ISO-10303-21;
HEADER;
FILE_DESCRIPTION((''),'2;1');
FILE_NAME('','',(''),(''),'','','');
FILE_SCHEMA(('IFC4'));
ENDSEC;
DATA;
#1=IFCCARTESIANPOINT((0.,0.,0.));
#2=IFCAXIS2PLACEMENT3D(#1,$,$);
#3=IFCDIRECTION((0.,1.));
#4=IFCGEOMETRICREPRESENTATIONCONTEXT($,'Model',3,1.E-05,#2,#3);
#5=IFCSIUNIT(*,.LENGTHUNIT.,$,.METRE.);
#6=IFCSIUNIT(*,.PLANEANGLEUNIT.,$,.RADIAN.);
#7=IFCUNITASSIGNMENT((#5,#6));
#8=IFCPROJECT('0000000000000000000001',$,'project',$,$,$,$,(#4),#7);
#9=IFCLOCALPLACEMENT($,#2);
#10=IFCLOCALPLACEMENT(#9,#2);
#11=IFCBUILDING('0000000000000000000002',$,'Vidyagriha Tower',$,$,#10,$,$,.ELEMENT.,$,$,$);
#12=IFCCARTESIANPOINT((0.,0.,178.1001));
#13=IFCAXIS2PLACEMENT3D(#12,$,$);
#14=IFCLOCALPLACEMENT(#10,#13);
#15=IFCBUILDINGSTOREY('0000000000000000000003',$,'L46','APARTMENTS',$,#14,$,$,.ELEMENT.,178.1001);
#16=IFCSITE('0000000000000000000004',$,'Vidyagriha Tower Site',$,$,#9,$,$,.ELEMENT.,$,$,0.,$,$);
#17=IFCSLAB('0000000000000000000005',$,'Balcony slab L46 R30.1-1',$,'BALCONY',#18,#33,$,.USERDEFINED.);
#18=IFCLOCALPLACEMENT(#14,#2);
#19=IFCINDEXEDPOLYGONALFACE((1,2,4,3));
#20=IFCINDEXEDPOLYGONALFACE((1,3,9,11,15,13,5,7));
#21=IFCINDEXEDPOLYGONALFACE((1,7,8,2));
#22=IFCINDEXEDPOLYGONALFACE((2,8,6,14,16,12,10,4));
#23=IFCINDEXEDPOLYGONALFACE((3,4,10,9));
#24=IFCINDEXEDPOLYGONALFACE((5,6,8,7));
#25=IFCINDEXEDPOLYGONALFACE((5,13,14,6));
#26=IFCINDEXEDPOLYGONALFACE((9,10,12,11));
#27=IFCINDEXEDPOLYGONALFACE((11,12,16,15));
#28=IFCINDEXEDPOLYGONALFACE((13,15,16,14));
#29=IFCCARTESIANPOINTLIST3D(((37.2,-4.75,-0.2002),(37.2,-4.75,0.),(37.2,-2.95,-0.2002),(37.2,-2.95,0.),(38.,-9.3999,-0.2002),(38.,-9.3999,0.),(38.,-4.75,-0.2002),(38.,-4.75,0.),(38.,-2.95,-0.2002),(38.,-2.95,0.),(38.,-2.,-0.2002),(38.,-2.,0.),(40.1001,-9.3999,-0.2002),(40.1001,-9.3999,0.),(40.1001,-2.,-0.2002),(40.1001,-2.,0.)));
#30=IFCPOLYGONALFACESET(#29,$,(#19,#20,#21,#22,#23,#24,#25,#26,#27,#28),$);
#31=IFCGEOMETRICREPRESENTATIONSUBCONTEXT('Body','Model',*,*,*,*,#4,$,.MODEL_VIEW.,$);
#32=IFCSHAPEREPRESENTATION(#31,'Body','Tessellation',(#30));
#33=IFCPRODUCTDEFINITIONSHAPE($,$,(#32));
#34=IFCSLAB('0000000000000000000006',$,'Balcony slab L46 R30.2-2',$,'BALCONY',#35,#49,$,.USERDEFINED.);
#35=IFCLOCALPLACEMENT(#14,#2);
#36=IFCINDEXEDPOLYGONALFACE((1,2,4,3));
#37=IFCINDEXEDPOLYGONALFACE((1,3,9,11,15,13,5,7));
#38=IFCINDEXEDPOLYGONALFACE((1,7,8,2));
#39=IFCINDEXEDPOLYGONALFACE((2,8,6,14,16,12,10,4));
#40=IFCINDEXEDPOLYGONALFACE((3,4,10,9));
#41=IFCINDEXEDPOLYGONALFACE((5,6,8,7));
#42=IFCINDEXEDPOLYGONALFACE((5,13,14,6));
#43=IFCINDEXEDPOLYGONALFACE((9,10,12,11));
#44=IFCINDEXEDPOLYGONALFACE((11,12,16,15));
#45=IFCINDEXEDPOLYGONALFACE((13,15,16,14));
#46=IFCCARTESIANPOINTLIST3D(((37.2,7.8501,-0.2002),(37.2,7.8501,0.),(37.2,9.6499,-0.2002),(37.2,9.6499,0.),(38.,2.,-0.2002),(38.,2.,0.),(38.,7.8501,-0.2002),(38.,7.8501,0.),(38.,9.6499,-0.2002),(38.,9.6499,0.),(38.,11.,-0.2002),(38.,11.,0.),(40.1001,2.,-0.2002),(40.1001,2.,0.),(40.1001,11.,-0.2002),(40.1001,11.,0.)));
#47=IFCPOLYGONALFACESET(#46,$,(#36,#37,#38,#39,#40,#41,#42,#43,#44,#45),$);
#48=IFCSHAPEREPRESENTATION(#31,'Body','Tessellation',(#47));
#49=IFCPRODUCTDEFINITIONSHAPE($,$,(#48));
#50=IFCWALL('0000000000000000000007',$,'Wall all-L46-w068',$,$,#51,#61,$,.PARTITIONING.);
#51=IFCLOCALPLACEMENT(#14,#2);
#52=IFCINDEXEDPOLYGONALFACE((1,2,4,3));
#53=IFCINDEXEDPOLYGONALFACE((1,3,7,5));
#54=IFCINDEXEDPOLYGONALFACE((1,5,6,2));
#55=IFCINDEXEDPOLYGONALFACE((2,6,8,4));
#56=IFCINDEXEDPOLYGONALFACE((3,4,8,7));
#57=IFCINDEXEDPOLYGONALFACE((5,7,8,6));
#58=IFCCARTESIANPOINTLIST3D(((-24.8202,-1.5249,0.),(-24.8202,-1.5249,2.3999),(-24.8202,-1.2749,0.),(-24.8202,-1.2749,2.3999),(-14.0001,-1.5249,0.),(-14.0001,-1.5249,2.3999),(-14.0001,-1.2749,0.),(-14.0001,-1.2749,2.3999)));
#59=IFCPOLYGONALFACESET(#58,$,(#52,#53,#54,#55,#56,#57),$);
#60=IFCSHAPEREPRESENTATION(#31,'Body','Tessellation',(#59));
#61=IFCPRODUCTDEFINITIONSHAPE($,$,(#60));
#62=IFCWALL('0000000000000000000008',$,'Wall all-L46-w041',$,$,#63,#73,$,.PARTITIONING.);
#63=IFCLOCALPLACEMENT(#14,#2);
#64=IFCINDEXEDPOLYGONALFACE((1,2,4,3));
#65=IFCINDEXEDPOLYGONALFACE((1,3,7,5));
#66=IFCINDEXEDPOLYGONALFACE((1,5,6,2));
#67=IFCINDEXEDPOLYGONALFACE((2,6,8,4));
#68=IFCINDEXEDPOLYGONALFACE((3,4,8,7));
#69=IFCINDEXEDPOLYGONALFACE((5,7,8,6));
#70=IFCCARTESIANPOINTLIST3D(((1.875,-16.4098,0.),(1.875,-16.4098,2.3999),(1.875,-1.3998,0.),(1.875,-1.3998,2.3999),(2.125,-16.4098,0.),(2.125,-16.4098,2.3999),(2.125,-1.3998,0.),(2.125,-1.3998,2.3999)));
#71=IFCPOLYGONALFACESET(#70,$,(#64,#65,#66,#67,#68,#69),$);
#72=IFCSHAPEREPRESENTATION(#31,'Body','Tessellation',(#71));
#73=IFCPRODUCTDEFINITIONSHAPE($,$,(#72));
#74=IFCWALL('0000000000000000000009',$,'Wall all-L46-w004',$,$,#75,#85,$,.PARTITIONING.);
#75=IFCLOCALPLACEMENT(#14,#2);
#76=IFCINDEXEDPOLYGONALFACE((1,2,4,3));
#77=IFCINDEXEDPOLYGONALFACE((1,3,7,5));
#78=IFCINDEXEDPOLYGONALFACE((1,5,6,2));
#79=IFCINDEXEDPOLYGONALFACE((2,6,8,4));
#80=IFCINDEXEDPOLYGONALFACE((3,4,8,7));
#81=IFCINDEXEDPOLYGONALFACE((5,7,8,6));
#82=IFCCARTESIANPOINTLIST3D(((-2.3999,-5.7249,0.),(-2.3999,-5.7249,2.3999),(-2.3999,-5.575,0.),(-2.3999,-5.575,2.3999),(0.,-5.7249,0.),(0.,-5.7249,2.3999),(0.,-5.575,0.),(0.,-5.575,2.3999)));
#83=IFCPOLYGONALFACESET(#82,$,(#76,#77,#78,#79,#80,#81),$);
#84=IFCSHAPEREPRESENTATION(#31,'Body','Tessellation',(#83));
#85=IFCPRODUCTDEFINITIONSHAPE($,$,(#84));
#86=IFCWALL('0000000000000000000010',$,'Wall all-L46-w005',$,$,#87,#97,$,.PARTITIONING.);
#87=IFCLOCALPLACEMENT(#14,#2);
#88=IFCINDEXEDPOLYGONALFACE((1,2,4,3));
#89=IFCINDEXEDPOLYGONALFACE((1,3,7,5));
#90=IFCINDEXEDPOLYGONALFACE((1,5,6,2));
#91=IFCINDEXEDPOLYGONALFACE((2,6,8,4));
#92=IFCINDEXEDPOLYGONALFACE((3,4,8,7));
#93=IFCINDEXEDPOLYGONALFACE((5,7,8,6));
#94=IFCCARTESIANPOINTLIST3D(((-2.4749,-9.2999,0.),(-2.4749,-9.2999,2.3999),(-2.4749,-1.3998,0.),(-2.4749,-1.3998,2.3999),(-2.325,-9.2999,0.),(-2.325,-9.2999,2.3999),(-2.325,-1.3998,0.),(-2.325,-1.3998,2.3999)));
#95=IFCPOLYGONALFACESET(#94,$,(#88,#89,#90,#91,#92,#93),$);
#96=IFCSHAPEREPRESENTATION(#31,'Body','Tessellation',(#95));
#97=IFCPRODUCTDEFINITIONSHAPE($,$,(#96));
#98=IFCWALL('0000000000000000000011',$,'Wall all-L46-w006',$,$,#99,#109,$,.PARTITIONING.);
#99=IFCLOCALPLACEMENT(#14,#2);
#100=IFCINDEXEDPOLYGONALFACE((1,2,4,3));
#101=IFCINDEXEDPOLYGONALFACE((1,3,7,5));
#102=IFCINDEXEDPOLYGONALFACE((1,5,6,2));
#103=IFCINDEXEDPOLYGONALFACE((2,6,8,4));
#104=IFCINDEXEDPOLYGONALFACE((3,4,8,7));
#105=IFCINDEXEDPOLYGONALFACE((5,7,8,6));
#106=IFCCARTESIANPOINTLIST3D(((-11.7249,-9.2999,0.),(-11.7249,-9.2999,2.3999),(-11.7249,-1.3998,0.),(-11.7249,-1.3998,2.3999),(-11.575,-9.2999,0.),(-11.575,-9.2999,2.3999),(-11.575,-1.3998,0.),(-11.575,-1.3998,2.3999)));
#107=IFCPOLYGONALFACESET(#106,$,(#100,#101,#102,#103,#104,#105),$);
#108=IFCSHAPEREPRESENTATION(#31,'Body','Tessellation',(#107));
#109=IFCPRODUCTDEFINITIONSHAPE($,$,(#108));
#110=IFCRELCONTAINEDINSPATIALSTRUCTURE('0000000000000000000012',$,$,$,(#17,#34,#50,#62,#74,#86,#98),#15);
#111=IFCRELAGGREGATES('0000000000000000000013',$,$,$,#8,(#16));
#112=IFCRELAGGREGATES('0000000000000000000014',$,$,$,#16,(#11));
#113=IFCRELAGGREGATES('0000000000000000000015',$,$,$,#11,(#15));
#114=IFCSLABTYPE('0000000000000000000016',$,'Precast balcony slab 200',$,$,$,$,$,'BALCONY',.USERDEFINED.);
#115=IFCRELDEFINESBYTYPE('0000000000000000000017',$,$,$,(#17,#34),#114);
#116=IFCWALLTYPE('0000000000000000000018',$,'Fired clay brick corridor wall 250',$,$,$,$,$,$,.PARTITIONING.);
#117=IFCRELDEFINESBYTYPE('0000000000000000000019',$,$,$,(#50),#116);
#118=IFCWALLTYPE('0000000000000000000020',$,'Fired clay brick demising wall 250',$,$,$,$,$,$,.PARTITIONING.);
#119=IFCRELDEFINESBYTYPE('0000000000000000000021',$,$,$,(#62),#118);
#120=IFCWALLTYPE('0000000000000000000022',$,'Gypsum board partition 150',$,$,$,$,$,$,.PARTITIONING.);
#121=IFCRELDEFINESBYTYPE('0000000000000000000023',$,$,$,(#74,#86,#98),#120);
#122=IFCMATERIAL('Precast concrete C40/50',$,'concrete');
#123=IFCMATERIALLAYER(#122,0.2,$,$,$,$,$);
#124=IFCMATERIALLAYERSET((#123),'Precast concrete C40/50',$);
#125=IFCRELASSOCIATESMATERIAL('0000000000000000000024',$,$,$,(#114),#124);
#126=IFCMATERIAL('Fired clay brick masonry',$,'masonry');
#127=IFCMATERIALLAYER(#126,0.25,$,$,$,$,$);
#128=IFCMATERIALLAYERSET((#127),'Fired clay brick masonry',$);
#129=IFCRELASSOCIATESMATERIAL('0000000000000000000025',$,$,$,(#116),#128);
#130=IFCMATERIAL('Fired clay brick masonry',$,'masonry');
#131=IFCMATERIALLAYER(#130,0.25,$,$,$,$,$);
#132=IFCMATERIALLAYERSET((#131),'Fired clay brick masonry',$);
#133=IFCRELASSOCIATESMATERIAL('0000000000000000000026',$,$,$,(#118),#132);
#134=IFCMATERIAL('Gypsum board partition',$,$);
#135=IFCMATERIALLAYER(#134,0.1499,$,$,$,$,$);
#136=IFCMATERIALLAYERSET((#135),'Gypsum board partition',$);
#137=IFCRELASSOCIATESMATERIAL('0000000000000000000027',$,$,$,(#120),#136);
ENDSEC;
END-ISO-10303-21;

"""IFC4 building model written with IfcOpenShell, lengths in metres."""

from ifc_helpers import new_model, si_unit, direction, frame, frame_2d, origin, place, context, subcontext, project, spatial, polyline, rectangle, outline, extrude, material, layer, layer_set, type_object, element, save


model = new_model("IFC4")

# Units and contexts
model_context = context("Model", 3, precision=1e-05, world=origin(), true_north=direction((0.0, 1.0)))
body_context = subcontext(model_context, "Body", "Model", "MODEL_VIEW")
ifc_project = project(units=[si_unit("LENGTHUNIT", "METRE"), si_unit("PLANEANGLEUNIT", "RADIAN")], contexts=[model_context])

# Site, building, storey
site_placement = place(None, origin())
site = spatial("IfcSite", under=ifc_project, at=site_placement, Name="Vidyagriha Tower Site", CompositionType="ELEMENT", RefElevation=0.0)
building_placement = place(site_placement, origin())
building = spatial("IfcBuilding", under=site, at=building_placement, Name="Vidyagriha Tower", CompositionType="ELEMENT")
storey_placement = place(building_placement, frame((0.0, 0.0, 178.1001)))
storey = spatial("IfcBuildingStorey", under=building, at=storey_placement, Name="L46", Description="APARTMENTS", CompositionType="ELEMENT", Elevation=178.1001)

# Slabs
ifc_material_1 = material(Name="Precast concrete C40/50", Category="concrete")
ifc_layer_1 = layer(ifc_material_1, 0.2)
ifc_layer_set_1 = layer_set([ifc_layer_1], Name="Precast concrete C40/50")
slab_type_1 = type_object("IfcSlabType", Name="Precast balcony slab 200", ElementType="BALCONY", PredefinedType="USERDEFINED", material=ifc_layer_set_1)
slab_1_placement = place(storey_placement, frame((0.0, 0.0, -0.2002)))
element("IfcSlab", 1, at=slab_1_placement, inside=storey, type_object=slab_type_1, Name="Balcony slab L46 R30.1-1", ObjectType="BALCONY", PredefinedType="USERDEFINED", context=body_context, shape_type="SweptSolid", body=[
    extrude(outline(polyline([(38.0, -4.75), (38.0, -9.3999), (40.1001, -9.3999), (40.1001, -2.0), (38.0, -2.0), (38.0, -2.95), (37.2, -2.95), (37.2, -4.75), (38.0, -4.75)])), origin(), (0.0, 0.0, 1.0), 0.2002),
])
slab_2_placement = place(storey_placement, frame((0.0, 0.0, -0.2002)))
element("IfcSlab", 2, at=slab_2_placement, inside=storey, type_object=slab_type_1, Name="Balcony slab L46 R30.2-2", ObjectType="BALCONY", PredefinedType="USERDEFINED", context=body_context, shape_type="SweptSolid", body=[
    extrude(outline(polyline([(38.0, 7.8501), (38.0, 2.0), (40.1001, 2.0), (40.1001, 11.0), (38.0, 11.0), (38.0, 9.6499), (37.2, 9.6499), (37.2, 7.8501), (38.0, 7.8501)])), origin(), (0.0, 0.0, 1.0), 0.2002),
])

# Walls
ifc_material_2 = material(Name="Fired clay brick masonry", Category="masonry")
ifc_layer_2 = layer(ifc_material_2, 0.25)
ifc_layer_set_2 = layer_set([ifc_layer_2], Name="Fired clay brick masonry")
wall_type_1 = type_object("IfcWallType", Name="Fired clay brick corridor wall 250", PredefinedType="PARTITIONING", material=ifc_layer_set_2)
wall_1_placement = place(storey_placement, frame((-14.0, -1.3999, 0.0), z_axis=(0.0, 0.0, 1.0), x_axis=(-1.0, 0.0, 0.0)))
element("IfcWall", 3, at=wall_1_placement, inside=storey, type_object=wall_type_1, Name="Wall all-L46-w068", PredefinedType="PARTITIONING", context=body_context, shape_type="SweptSolid", body=[
    extrude(rectangle(XDim=10.8201, YDim=0.25, at=frame_2d((5.4102, 0.0))), origin(), (0.0, 0.0, 1.0), 2.3999),
])
ifc_material_3 = material(Name="Fired clay brick masonry", Category="masonry")
ifc_layer_3 = layer(ifc_material_3, 0.25)
ifc_layer_set_3 = layer_set([ifc_layer_3], Name="Fired clay brick masonry")
wall_type_2 = type_object("IfcWallType", Name="Fired clay brick demising wall 250", PredefinedType="PARTITIONING", material=ifc_layer_set_3)
wall_2_placement = place(storey_placement, frame((2.0, -1.3999, 0.0), z_axis=(0.0, 0.0, 1.0), x_axis=(0.0, -1.0, 0.0)))
element("IfcWall", 4, at=wall_2_placement, inside=storey, type_object=wall_type_2, Name="Wall all-L46-w041", PredefinedType="PARTITIONING", context=body_context, shape_type="SweptSolid", body=[
    extrude(rectangle(XDim=15.01, YDim=0.25, at=frame_2d((7.5049, 0.0))), origin(), (0.0, 0.0, 1.0), 2.3999),
])
ifc_material_4 = material(Name="Gypsum board partition")
ifc_layer_4 = layer(ifc_material_4, 0.1499)
ifc_layer_set_4 = layer_set([ifc_layer_4], Name="Gypsum board partition")
wall_type_3 = type_object("IfcWallType", Name="Gypsum board partition 150", PredefinedType="PARTITIONING", material=ifc_layer_set_4)
wall_3_placement = place(storey_placement, frame((0.0, -5.6499, 0.0), z_axis=(0.0, 0.0, 1.0), x_axis=(-1.0, 0.0, 0.0)))
element("IfcWall", 5, at=wall_3_placement, inside=storey, type_object=wall_type_3, Name="Wall all-L46-w004", PredefinedType="PARTITIONING", context=body_context, shape_type="SweptSolid", body=[
    extrude(rectangle(XDim=2.3999, YDim=0.1499, at=frame_2d((1.2, 0.0))), origin(), (0.0, 0.0, 1.0), 2.3999),
])
for number, where, z_axis, x_axis, name in (
    (6, (-2.3999, -9.3, 0.0), (0.0, 0.0, 1.0), (0.0, 1.0, 0.0), "Wall all-L46-w005"),
    (7, (-11.6499, -9.3, 0.0), (0.0, 0.0, 1.0), (0.0, 1.0, 0.0), "Wall all-L46-w006"),
):
    element("IfcWall", number, at=place(storey_placement, frame(where, z_axis=z_axis, x_axis=x_axis)), inside=storey, type_object=wall_type_3, Name=name, PredefinedType="PARTITIONING", context=body_context, shape_type="SweptSolid", body=[
        extrude(rectangle(XDim=7.9001, YDim=0.1499, at=frame_2d((3.9502, 0.0))), origin(), (0.0, 0.0, 1.0), 2.3999),
    ])

save(model, "model.ifc")
